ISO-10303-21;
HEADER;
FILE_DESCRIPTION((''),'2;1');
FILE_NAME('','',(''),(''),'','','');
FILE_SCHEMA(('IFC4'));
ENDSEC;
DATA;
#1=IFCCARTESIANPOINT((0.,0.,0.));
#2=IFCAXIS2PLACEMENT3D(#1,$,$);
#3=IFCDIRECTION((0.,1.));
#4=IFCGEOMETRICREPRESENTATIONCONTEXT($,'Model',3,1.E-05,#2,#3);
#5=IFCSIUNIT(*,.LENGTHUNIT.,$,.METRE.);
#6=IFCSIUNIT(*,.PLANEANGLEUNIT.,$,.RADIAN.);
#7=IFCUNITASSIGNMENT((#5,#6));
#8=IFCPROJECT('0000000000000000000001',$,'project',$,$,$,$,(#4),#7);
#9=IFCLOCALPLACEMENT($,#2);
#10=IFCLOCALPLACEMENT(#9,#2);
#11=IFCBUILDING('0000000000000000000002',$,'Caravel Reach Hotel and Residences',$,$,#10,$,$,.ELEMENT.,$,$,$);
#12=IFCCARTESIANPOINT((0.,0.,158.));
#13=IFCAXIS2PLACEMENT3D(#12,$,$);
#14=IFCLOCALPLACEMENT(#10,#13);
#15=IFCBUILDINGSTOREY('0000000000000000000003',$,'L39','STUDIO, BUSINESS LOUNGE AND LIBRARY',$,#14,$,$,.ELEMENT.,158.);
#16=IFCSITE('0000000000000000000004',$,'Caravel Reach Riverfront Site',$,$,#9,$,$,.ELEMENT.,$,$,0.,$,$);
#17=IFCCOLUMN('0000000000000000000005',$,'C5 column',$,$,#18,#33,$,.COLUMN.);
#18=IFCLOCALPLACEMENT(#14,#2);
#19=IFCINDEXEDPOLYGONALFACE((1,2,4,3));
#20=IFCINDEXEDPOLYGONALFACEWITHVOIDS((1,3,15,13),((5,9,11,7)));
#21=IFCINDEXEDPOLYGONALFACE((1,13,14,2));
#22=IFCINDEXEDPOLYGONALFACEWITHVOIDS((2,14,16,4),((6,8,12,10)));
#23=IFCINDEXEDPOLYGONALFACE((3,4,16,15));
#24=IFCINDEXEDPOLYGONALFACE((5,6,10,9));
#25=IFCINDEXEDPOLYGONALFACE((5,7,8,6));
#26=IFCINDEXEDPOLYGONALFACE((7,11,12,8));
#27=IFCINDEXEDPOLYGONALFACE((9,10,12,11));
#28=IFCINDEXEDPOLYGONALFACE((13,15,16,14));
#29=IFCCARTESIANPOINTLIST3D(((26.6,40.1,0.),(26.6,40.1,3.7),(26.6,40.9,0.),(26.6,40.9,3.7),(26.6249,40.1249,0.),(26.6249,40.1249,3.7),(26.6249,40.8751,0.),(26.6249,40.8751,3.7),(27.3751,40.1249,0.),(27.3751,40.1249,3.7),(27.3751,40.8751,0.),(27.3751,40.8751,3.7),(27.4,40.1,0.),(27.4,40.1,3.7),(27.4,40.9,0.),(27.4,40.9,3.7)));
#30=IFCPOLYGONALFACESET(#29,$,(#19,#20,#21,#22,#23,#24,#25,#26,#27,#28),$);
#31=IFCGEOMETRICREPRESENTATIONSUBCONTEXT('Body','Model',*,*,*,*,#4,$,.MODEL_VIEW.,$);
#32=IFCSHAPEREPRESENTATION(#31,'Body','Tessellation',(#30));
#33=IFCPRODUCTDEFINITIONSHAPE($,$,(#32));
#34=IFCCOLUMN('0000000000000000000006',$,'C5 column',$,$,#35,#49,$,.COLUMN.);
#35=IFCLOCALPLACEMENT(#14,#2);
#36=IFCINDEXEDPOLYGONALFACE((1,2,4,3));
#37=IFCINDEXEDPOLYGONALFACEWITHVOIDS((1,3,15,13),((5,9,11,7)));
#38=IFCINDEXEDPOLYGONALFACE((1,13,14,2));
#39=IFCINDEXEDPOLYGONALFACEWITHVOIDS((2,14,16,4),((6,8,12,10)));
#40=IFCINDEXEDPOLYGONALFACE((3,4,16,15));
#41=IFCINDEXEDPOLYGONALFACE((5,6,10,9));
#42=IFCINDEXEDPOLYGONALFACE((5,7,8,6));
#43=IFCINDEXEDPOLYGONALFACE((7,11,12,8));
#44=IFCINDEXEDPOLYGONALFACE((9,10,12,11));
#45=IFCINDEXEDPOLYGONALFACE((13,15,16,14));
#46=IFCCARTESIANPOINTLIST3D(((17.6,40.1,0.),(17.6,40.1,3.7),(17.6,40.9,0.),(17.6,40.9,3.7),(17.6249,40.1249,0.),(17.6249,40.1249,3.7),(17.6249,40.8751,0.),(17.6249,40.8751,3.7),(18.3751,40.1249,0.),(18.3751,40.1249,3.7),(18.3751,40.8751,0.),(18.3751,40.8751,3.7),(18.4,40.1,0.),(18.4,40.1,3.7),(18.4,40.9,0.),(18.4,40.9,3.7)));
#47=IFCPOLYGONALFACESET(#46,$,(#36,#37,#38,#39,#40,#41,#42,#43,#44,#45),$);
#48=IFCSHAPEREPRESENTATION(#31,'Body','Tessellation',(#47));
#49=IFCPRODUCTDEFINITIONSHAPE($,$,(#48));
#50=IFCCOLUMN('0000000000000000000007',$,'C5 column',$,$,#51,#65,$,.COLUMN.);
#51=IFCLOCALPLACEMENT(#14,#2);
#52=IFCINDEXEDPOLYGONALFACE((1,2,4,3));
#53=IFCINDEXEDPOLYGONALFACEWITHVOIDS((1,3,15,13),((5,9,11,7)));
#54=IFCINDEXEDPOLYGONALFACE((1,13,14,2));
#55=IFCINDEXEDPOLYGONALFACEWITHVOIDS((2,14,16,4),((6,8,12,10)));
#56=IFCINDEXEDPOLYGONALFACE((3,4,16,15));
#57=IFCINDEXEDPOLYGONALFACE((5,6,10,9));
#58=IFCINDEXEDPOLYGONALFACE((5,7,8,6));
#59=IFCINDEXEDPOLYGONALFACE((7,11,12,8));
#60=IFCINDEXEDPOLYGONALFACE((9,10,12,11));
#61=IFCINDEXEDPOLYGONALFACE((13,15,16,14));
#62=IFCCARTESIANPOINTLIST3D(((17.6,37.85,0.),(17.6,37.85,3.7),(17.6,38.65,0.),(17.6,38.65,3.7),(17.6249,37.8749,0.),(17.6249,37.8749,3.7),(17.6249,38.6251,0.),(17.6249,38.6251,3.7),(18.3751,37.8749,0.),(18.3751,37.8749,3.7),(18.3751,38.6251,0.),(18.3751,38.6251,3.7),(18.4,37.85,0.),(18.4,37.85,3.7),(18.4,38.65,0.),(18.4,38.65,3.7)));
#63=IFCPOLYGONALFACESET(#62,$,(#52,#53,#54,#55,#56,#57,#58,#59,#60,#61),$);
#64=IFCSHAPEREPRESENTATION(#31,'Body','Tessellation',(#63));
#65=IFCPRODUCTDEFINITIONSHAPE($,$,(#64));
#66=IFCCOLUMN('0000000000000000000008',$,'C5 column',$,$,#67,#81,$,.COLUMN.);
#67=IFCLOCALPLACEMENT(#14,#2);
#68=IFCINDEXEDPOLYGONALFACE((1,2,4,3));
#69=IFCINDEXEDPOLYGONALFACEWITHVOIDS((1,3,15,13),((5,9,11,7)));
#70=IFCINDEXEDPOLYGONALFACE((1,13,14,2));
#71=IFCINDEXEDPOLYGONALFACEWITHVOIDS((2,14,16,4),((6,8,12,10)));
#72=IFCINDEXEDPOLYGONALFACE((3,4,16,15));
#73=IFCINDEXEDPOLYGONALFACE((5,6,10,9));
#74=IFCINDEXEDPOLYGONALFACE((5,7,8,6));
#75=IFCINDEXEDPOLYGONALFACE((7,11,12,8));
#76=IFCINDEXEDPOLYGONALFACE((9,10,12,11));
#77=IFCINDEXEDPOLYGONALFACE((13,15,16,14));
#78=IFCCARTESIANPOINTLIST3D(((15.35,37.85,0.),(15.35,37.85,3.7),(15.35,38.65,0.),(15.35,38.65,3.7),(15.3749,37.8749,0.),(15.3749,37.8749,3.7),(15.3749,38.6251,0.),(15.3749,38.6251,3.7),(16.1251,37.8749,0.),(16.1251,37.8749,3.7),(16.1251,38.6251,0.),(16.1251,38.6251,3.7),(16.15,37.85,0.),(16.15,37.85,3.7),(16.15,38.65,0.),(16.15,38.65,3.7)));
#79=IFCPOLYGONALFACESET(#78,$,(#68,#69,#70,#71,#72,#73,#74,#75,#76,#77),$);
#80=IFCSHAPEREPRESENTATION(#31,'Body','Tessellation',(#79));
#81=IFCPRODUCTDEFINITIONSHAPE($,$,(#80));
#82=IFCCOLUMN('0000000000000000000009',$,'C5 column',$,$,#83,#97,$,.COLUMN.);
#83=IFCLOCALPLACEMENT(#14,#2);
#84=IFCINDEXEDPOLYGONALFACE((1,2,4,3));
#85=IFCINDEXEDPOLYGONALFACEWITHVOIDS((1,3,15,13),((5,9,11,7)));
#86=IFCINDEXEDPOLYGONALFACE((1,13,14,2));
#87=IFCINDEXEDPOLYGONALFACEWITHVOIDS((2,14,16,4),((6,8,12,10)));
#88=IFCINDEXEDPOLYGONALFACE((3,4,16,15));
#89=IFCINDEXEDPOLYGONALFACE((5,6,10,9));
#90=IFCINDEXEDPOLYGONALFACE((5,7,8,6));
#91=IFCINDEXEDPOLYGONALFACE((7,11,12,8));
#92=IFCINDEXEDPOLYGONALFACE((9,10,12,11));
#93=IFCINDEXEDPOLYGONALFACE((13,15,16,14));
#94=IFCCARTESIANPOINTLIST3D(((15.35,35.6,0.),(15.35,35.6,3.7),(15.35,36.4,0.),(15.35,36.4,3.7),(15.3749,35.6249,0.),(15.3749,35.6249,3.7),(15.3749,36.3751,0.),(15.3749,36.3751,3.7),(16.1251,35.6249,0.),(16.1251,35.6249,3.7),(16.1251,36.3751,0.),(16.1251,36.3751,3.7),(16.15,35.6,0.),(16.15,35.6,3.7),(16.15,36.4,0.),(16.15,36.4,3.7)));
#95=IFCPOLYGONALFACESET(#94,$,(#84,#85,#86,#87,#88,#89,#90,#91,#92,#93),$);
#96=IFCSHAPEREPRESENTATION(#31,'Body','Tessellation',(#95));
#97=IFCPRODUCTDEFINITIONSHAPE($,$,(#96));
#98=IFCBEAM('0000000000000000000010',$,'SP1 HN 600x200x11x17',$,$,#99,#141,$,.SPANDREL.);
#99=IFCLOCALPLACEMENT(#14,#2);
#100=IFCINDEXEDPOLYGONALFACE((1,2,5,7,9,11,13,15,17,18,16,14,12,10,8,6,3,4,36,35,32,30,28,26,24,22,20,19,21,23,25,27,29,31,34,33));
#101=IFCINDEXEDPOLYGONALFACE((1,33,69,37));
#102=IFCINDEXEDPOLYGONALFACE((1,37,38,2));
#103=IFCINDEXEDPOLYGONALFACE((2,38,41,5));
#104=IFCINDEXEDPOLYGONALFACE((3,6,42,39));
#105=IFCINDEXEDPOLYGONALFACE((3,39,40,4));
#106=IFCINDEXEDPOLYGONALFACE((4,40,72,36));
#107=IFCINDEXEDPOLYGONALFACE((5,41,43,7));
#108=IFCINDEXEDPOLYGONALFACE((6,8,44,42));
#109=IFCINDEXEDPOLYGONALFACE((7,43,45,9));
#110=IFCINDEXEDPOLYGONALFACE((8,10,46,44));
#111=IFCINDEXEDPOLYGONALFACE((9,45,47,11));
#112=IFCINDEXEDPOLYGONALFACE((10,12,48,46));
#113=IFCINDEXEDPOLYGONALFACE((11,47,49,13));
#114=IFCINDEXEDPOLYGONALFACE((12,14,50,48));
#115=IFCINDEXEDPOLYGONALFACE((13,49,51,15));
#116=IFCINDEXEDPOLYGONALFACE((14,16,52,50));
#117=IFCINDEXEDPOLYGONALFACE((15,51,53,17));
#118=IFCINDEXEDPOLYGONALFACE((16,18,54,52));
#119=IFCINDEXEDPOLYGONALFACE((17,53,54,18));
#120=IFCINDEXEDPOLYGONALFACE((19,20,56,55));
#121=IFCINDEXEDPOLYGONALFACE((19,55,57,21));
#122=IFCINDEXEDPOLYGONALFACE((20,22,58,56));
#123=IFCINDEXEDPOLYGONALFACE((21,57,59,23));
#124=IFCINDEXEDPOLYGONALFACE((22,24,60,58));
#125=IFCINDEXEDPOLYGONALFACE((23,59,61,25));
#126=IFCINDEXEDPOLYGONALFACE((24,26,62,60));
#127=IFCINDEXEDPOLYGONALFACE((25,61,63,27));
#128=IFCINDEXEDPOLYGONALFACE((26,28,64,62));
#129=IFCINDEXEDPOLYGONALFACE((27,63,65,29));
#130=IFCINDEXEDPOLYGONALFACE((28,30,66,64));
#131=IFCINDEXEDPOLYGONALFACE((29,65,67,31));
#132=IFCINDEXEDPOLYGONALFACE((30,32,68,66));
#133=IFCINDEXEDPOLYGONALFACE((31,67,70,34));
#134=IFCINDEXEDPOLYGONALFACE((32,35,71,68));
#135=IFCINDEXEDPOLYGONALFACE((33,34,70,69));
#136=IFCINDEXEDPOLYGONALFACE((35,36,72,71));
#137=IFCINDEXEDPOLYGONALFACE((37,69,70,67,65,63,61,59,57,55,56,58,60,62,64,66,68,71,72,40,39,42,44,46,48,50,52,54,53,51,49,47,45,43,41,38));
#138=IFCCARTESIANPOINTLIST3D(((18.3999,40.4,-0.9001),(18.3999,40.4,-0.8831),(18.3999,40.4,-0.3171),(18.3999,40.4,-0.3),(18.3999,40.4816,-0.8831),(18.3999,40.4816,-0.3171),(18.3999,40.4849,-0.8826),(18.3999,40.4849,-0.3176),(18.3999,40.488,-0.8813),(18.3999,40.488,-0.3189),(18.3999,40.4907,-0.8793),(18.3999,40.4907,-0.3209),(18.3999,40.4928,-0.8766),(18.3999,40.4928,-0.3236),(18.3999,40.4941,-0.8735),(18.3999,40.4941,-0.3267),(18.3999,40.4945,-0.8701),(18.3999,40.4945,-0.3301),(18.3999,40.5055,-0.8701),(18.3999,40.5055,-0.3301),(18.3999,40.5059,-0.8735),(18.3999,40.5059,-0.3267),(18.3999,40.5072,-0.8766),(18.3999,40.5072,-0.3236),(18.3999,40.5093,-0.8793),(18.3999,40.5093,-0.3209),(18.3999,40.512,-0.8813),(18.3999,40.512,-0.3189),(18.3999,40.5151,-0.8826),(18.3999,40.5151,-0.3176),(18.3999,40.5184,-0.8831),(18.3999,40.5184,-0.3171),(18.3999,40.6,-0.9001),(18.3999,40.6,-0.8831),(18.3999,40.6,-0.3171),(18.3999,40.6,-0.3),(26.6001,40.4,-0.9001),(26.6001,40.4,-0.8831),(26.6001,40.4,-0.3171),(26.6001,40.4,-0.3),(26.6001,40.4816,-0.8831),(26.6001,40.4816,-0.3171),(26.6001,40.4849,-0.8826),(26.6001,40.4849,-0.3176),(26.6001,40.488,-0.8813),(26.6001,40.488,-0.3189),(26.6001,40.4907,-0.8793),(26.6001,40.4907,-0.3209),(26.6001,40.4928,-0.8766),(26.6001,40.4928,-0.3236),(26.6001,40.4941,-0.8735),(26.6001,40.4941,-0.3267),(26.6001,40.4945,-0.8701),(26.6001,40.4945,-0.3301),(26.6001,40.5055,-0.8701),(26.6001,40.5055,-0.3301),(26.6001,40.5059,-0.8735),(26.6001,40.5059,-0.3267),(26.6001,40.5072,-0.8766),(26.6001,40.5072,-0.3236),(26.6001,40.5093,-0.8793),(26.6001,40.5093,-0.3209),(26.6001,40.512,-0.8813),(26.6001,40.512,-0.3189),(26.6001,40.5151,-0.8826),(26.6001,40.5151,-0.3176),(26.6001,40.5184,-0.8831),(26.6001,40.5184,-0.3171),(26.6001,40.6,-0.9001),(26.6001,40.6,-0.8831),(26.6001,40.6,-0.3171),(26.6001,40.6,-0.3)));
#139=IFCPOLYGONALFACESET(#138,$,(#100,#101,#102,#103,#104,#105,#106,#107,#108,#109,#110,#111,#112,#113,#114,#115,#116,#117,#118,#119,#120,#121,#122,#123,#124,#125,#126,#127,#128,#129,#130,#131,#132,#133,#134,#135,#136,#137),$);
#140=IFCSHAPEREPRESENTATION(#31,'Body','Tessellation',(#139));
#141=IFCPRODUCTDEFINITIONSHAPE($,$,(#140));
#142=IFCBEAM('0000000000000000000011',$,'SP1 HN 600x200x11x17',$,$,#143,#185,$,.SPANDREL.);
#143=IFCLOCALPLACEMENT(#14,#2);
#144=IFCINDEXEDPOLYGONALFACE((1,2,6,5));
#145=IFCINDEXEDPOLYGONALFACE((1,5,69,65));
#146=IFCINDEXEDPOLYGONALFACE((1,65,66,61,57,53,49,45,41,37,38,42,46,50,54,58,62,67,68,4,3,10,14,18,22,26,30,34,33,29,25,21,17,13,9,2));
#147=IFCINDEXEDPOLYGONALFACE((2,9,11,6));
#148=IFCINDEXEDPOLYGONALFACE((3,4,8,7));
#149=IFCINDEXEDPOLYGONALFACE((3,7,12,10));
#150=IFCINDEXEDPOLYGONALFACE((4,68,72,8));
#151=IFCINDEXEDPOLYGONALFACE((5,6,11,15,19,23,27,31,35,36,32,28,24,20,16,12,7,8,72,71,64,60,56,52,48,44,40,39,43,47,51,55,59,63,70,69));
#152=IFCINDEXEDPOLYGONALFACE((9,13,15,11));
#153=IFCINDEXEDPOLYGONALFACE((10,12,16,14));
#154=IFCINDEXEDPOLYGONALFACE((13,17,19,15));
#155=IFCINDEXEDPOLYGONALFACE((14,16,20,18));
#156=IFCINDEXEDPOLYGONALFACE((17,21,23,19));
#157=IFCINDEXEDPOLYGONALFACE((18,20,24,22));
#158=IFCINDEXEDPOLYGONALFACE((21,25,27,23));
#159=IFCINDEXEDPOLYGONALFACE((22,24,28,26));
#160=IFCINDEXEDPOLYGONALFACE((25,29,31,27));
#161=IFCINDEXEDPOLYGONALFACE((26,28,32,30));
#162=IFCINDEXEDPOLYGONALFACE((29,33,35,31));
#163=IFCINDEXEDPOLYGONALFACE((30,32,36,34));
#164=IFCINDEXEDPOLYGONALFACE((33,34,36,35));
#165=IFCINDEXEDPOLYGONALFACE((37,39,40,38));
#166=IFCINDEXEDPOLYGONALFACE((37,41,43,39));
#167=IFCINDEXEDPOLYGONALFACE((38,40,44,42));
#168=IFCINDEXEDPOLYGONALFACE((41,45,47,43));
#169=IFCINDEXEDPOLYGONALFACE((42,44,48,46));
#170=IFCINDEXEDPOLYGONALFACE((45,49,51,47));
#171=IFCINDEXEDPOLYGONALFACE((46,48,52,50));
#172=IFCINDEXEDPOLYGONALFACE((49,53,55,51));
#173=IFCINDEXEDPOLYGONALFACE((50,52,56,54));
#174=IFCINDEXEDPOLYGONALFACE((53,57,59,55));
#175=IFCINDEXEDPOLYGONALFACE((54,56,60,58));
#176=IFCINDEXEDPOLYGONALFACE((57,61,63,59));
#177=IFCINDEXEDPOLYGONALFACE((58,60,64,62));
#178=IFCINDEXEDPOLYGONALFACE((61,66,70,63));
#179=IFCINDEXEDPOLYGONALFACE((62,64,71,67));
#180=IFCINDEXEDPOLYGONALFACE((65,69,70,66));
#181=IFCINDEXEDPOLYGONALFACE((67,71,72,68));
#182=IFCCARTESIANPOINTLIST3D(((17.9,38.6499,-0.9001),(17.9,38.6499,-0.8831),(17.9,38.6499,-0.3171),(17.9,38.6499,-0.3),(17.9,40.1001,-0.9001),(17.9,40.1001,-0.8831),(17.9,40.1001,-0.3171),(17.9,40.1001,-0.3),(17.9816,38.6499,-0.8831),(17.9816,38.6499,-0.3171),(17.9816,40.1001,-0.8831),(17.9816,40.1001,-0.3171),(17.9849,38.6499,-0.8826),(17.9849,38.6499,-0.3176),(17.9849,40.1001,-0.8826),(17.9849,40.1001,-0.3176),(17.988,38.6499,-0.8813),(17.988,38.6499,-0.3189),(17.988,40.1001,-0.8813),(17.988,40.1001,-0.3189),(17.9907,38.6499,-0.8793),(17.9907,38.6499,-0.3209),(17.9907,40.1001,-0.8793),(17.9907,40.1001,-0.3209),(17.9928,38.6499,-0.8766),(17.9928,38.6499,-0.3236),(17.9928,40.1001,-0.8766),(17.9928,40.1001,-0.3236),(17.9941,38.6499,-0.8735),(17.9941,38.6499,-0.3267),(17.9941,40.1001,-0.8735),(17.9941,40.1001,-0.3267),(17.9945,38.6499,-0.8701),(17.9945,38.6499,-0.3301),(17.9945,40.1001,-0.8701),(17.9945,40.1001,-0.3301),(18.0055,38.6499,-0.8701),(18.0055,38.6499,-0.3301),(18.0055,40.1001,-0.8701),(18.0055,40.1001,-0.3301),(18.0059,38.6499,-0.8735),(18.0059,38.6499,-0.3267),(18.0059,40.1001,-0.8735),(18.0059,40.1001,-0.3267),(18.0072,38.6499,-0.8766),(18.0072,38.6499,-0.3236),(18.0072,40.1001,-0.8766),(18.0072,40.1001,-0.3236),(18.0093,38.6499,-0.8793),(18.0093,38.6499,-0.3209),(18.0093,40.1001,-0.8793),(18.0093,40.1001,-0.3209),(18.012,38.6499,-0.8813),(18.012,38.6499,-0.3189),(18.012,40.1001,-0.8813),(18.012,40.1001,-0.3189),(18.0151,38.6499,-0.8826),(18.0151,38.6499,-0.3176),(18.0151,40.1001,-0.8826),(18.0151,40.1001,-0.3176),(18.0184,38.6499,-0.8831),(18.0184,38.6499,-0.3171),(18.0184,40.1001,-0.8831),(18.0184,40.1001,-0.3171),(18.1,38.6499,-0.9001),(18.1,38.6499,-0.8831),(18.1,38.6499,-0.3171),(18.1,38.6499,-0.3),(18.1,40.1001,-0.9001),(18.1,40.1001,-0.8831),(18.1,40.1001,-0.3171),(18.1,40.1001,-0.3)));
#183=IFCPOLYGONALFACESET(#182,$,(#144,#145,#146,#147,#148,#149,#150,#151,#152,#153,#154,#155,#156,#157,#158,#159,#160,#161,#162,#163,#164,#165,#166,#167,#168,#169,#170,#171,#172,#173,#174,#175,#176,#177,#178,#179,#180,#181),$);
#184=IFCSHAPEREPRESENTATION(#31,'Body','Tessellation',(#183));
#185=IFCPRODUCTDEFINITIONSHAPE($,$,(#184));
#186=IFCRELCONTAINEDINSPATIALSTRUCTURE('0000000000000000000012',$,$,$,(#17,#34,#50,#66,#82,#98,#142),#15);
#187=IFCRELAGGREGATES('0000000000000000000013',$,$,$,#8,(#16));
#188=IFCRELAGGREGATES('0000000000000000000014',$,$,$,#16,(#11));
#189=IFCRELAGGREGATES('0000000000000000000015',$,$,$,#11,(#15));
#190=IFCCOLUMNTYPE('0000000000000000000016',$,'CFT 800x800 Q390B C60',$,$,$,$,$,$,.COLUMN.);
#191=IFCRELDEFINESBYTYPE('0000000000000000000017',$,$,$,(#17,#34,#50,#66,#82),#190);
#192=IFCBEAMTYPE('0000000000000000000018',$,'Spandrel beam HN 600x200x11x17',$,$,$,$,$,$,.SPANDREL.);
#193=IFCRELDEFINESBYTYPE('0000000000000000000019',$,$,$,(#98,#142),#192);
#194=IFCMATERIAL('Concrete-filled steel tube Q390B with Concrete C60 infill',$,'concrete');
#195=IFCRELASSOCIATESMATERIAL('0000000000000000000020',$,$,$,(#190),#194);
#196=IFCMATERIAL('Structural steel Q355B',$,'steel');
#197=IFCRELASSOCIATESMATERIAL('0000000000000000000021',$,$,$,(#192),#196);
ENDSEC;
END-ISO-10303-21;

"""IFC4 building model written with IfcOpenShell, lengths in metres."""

from ifc_helpers import new_model, si_unit, direction, frame, origin, origin_2d, place, context, subcontext, project, spatial, hollow_rectangle, i_section, extrude, material, material_profile, profile_set, type_object, element, save


model = new_model("IFC4")

# Units and contexts
model_context = context("Model", 3, precision=1e-05, world=origin(), true_north=direction((0.0, 1.0)))
body_context = subcontext(model_context, "Body", "Model", "MODEL_VIEW")
ifc_project = project(units=[si_unit("LENGTHUNIT", "METRE"), si_unit("PLANEANGLEUNIT", "RADIAN")], contexts=[model_context])

# Site, building, storey
site_placement = place(None, origin())
site = spatial("IfcSite", under=ifc_project, at=site_placement, Name="Caravel Reach Riverfront Site", CompositionType="ELEMENT", RefElevation=0.0)
building_placement = place(site_placement, origin())
building = spatial("IfcBuilding", under=site, at=building_placement, Name="Caravel Reach Hotel and Residences", CompositionType="ELEMENT")
storey_placement = place(building_placement, frame((0.0, 0.0, 158.0)))
storey = spatial("IfcBuildingStorey", under=building, at=storey_placement, Name="L39", Description="STUDIO, BUSINESS LOUNGE AND LIBRARY", CompositionType="ELEMENT", Elevation=158.0)

# Columns
ifc_material_1 = material(Name="Concrete-filled steel tube Q390B with Concrete C60 infill", Category="concrete")
ifc_material_profile_1 = material_profile(ifc_material_1, hollow_rectangle(XDim=0.8, YDim=0.8, WallThickness=0.0249, at=origin_2d()), Name="RHS 800x800x25")
ifc_profile_set_1 = profile_set([ifc_material_profile_1], Name="Concrete-filled steel tube Q390B with Concrete C60 infill")
column_type = type_object("IfcColumnType", Name="CFT 800x800 Q390B C60", PredefinedType="COLUMN", material=ifc_profile_set_1)
for number, where, z_axis, x_axis, name in (
    (1, (27.0, 40.5, 0.0), (0.0, 0.0, 1.0), (1.0, 0.0, 0.0), "C5 column"),
    (2, (18.0, 40.5, 0.0), (0.0, 0.0, 1.0), (1.0, 0.0, 0.0), "C5 column"),
    (3, (18.0, 38.25, 0.0), (0.0, 0.0, 1.0), (1.0, 0.0, 0.0), "C5 column"),
    (4, (15.75, 38.25, 0.0), (0.0, 0.0, 1.0), (1.0, 0.0, 0.0), "C5 column"),
    (5, (15.75, 36.0, 0.0), (0.0, 0.0, 1.0), (1.0, 0.0, 0.0), "C5 column"),
):
    element("IfcColumn", number, at=place(storey_placement, frame(where, z_axis=z_axis, x_axis=x_axis)), inside=storey, type_object=column_type, Name=name, PredefinedType="COLUMN", context=body_context, shape_type="SweptSolid", body=[
        extrude(hollow_rectangle(XDim=0.8, YDim=0.8, WallThickness=0.0249, at=origin_2d()), origin(), (0.0, 0.0, 1.0), 3.7),
    ])

# Beams
ifc_material_2 = material(Name="Structural steel Q355B", Category="steel")
ifc_material_profile_2 = material_profile(ifc_material_2, i_section(OverallWidth=0.2, OverallDepth=0.6001, WebThickness=0.011, FlangeThickness=0.0171, FilletRadius=0.0129, at=origin_2d()), Name="HN 600x200x11x17")
ifc_profile_set_2 = profile_set([ifc_material_profile_2], Name="Structural steel Q355B")
beam_type = type_object("IfcBeamType", Name="Spandrel beam HN 600x200x11x17", PredefinedType="SPANDREL", material=ifc_profile_set_2)
beam_placement = place(storey_placement, frame((26.6001, 40.5, -0.6001), z_axis=(-1.0, 0.0, 0.0), x_axis=(0.0, -1.0, 0.0)))
element("IfcBeam", 6, at=beam_placement, inside=storey, type_object=beam_type, Name="SP1 HN 600x200x11x17", PredefinedType="SPANDREL", context=body_context, shape_type="SweptSolid", body=[
    extrude(i_section(OverallWidth=0.2, OverallDepth=0.6001, WebThickness=0.011, FlangeThickness=0.0171, FilletRadius=0.0129, at=origin_2d()), origin(), (0.0, 0.0, 1.0), 8.2002),
])
for number, where, z_axis, x_axis, name in (
    (7, (18.0, 40.1001, -0.6001), (0.0, -1.0, 0.0), (1.0, 0.0, 0.0), "SP1 HN 600x200x11x17"),
):
    element("IfcBeam", number, at=place(storey_placement, frame(where, z_axis=z_axis, x_axis=x_axis)), inside=storey, type_object=beam_type, Name=name, PredefinedType="SPANDREL", context=body_context, shape_type="SweptSolid", body=[
        extrude(i_section(OverallWidth=0.2, OverallDepth=0.6001, WebThickness=0.011, FlangeThickness=0.0171, FilletRadius=0.0129, at=origin_2d()), origin(), (0.0, 0.0, 1.0), 1.4502),
    ])

save(model, "model.ifc")
